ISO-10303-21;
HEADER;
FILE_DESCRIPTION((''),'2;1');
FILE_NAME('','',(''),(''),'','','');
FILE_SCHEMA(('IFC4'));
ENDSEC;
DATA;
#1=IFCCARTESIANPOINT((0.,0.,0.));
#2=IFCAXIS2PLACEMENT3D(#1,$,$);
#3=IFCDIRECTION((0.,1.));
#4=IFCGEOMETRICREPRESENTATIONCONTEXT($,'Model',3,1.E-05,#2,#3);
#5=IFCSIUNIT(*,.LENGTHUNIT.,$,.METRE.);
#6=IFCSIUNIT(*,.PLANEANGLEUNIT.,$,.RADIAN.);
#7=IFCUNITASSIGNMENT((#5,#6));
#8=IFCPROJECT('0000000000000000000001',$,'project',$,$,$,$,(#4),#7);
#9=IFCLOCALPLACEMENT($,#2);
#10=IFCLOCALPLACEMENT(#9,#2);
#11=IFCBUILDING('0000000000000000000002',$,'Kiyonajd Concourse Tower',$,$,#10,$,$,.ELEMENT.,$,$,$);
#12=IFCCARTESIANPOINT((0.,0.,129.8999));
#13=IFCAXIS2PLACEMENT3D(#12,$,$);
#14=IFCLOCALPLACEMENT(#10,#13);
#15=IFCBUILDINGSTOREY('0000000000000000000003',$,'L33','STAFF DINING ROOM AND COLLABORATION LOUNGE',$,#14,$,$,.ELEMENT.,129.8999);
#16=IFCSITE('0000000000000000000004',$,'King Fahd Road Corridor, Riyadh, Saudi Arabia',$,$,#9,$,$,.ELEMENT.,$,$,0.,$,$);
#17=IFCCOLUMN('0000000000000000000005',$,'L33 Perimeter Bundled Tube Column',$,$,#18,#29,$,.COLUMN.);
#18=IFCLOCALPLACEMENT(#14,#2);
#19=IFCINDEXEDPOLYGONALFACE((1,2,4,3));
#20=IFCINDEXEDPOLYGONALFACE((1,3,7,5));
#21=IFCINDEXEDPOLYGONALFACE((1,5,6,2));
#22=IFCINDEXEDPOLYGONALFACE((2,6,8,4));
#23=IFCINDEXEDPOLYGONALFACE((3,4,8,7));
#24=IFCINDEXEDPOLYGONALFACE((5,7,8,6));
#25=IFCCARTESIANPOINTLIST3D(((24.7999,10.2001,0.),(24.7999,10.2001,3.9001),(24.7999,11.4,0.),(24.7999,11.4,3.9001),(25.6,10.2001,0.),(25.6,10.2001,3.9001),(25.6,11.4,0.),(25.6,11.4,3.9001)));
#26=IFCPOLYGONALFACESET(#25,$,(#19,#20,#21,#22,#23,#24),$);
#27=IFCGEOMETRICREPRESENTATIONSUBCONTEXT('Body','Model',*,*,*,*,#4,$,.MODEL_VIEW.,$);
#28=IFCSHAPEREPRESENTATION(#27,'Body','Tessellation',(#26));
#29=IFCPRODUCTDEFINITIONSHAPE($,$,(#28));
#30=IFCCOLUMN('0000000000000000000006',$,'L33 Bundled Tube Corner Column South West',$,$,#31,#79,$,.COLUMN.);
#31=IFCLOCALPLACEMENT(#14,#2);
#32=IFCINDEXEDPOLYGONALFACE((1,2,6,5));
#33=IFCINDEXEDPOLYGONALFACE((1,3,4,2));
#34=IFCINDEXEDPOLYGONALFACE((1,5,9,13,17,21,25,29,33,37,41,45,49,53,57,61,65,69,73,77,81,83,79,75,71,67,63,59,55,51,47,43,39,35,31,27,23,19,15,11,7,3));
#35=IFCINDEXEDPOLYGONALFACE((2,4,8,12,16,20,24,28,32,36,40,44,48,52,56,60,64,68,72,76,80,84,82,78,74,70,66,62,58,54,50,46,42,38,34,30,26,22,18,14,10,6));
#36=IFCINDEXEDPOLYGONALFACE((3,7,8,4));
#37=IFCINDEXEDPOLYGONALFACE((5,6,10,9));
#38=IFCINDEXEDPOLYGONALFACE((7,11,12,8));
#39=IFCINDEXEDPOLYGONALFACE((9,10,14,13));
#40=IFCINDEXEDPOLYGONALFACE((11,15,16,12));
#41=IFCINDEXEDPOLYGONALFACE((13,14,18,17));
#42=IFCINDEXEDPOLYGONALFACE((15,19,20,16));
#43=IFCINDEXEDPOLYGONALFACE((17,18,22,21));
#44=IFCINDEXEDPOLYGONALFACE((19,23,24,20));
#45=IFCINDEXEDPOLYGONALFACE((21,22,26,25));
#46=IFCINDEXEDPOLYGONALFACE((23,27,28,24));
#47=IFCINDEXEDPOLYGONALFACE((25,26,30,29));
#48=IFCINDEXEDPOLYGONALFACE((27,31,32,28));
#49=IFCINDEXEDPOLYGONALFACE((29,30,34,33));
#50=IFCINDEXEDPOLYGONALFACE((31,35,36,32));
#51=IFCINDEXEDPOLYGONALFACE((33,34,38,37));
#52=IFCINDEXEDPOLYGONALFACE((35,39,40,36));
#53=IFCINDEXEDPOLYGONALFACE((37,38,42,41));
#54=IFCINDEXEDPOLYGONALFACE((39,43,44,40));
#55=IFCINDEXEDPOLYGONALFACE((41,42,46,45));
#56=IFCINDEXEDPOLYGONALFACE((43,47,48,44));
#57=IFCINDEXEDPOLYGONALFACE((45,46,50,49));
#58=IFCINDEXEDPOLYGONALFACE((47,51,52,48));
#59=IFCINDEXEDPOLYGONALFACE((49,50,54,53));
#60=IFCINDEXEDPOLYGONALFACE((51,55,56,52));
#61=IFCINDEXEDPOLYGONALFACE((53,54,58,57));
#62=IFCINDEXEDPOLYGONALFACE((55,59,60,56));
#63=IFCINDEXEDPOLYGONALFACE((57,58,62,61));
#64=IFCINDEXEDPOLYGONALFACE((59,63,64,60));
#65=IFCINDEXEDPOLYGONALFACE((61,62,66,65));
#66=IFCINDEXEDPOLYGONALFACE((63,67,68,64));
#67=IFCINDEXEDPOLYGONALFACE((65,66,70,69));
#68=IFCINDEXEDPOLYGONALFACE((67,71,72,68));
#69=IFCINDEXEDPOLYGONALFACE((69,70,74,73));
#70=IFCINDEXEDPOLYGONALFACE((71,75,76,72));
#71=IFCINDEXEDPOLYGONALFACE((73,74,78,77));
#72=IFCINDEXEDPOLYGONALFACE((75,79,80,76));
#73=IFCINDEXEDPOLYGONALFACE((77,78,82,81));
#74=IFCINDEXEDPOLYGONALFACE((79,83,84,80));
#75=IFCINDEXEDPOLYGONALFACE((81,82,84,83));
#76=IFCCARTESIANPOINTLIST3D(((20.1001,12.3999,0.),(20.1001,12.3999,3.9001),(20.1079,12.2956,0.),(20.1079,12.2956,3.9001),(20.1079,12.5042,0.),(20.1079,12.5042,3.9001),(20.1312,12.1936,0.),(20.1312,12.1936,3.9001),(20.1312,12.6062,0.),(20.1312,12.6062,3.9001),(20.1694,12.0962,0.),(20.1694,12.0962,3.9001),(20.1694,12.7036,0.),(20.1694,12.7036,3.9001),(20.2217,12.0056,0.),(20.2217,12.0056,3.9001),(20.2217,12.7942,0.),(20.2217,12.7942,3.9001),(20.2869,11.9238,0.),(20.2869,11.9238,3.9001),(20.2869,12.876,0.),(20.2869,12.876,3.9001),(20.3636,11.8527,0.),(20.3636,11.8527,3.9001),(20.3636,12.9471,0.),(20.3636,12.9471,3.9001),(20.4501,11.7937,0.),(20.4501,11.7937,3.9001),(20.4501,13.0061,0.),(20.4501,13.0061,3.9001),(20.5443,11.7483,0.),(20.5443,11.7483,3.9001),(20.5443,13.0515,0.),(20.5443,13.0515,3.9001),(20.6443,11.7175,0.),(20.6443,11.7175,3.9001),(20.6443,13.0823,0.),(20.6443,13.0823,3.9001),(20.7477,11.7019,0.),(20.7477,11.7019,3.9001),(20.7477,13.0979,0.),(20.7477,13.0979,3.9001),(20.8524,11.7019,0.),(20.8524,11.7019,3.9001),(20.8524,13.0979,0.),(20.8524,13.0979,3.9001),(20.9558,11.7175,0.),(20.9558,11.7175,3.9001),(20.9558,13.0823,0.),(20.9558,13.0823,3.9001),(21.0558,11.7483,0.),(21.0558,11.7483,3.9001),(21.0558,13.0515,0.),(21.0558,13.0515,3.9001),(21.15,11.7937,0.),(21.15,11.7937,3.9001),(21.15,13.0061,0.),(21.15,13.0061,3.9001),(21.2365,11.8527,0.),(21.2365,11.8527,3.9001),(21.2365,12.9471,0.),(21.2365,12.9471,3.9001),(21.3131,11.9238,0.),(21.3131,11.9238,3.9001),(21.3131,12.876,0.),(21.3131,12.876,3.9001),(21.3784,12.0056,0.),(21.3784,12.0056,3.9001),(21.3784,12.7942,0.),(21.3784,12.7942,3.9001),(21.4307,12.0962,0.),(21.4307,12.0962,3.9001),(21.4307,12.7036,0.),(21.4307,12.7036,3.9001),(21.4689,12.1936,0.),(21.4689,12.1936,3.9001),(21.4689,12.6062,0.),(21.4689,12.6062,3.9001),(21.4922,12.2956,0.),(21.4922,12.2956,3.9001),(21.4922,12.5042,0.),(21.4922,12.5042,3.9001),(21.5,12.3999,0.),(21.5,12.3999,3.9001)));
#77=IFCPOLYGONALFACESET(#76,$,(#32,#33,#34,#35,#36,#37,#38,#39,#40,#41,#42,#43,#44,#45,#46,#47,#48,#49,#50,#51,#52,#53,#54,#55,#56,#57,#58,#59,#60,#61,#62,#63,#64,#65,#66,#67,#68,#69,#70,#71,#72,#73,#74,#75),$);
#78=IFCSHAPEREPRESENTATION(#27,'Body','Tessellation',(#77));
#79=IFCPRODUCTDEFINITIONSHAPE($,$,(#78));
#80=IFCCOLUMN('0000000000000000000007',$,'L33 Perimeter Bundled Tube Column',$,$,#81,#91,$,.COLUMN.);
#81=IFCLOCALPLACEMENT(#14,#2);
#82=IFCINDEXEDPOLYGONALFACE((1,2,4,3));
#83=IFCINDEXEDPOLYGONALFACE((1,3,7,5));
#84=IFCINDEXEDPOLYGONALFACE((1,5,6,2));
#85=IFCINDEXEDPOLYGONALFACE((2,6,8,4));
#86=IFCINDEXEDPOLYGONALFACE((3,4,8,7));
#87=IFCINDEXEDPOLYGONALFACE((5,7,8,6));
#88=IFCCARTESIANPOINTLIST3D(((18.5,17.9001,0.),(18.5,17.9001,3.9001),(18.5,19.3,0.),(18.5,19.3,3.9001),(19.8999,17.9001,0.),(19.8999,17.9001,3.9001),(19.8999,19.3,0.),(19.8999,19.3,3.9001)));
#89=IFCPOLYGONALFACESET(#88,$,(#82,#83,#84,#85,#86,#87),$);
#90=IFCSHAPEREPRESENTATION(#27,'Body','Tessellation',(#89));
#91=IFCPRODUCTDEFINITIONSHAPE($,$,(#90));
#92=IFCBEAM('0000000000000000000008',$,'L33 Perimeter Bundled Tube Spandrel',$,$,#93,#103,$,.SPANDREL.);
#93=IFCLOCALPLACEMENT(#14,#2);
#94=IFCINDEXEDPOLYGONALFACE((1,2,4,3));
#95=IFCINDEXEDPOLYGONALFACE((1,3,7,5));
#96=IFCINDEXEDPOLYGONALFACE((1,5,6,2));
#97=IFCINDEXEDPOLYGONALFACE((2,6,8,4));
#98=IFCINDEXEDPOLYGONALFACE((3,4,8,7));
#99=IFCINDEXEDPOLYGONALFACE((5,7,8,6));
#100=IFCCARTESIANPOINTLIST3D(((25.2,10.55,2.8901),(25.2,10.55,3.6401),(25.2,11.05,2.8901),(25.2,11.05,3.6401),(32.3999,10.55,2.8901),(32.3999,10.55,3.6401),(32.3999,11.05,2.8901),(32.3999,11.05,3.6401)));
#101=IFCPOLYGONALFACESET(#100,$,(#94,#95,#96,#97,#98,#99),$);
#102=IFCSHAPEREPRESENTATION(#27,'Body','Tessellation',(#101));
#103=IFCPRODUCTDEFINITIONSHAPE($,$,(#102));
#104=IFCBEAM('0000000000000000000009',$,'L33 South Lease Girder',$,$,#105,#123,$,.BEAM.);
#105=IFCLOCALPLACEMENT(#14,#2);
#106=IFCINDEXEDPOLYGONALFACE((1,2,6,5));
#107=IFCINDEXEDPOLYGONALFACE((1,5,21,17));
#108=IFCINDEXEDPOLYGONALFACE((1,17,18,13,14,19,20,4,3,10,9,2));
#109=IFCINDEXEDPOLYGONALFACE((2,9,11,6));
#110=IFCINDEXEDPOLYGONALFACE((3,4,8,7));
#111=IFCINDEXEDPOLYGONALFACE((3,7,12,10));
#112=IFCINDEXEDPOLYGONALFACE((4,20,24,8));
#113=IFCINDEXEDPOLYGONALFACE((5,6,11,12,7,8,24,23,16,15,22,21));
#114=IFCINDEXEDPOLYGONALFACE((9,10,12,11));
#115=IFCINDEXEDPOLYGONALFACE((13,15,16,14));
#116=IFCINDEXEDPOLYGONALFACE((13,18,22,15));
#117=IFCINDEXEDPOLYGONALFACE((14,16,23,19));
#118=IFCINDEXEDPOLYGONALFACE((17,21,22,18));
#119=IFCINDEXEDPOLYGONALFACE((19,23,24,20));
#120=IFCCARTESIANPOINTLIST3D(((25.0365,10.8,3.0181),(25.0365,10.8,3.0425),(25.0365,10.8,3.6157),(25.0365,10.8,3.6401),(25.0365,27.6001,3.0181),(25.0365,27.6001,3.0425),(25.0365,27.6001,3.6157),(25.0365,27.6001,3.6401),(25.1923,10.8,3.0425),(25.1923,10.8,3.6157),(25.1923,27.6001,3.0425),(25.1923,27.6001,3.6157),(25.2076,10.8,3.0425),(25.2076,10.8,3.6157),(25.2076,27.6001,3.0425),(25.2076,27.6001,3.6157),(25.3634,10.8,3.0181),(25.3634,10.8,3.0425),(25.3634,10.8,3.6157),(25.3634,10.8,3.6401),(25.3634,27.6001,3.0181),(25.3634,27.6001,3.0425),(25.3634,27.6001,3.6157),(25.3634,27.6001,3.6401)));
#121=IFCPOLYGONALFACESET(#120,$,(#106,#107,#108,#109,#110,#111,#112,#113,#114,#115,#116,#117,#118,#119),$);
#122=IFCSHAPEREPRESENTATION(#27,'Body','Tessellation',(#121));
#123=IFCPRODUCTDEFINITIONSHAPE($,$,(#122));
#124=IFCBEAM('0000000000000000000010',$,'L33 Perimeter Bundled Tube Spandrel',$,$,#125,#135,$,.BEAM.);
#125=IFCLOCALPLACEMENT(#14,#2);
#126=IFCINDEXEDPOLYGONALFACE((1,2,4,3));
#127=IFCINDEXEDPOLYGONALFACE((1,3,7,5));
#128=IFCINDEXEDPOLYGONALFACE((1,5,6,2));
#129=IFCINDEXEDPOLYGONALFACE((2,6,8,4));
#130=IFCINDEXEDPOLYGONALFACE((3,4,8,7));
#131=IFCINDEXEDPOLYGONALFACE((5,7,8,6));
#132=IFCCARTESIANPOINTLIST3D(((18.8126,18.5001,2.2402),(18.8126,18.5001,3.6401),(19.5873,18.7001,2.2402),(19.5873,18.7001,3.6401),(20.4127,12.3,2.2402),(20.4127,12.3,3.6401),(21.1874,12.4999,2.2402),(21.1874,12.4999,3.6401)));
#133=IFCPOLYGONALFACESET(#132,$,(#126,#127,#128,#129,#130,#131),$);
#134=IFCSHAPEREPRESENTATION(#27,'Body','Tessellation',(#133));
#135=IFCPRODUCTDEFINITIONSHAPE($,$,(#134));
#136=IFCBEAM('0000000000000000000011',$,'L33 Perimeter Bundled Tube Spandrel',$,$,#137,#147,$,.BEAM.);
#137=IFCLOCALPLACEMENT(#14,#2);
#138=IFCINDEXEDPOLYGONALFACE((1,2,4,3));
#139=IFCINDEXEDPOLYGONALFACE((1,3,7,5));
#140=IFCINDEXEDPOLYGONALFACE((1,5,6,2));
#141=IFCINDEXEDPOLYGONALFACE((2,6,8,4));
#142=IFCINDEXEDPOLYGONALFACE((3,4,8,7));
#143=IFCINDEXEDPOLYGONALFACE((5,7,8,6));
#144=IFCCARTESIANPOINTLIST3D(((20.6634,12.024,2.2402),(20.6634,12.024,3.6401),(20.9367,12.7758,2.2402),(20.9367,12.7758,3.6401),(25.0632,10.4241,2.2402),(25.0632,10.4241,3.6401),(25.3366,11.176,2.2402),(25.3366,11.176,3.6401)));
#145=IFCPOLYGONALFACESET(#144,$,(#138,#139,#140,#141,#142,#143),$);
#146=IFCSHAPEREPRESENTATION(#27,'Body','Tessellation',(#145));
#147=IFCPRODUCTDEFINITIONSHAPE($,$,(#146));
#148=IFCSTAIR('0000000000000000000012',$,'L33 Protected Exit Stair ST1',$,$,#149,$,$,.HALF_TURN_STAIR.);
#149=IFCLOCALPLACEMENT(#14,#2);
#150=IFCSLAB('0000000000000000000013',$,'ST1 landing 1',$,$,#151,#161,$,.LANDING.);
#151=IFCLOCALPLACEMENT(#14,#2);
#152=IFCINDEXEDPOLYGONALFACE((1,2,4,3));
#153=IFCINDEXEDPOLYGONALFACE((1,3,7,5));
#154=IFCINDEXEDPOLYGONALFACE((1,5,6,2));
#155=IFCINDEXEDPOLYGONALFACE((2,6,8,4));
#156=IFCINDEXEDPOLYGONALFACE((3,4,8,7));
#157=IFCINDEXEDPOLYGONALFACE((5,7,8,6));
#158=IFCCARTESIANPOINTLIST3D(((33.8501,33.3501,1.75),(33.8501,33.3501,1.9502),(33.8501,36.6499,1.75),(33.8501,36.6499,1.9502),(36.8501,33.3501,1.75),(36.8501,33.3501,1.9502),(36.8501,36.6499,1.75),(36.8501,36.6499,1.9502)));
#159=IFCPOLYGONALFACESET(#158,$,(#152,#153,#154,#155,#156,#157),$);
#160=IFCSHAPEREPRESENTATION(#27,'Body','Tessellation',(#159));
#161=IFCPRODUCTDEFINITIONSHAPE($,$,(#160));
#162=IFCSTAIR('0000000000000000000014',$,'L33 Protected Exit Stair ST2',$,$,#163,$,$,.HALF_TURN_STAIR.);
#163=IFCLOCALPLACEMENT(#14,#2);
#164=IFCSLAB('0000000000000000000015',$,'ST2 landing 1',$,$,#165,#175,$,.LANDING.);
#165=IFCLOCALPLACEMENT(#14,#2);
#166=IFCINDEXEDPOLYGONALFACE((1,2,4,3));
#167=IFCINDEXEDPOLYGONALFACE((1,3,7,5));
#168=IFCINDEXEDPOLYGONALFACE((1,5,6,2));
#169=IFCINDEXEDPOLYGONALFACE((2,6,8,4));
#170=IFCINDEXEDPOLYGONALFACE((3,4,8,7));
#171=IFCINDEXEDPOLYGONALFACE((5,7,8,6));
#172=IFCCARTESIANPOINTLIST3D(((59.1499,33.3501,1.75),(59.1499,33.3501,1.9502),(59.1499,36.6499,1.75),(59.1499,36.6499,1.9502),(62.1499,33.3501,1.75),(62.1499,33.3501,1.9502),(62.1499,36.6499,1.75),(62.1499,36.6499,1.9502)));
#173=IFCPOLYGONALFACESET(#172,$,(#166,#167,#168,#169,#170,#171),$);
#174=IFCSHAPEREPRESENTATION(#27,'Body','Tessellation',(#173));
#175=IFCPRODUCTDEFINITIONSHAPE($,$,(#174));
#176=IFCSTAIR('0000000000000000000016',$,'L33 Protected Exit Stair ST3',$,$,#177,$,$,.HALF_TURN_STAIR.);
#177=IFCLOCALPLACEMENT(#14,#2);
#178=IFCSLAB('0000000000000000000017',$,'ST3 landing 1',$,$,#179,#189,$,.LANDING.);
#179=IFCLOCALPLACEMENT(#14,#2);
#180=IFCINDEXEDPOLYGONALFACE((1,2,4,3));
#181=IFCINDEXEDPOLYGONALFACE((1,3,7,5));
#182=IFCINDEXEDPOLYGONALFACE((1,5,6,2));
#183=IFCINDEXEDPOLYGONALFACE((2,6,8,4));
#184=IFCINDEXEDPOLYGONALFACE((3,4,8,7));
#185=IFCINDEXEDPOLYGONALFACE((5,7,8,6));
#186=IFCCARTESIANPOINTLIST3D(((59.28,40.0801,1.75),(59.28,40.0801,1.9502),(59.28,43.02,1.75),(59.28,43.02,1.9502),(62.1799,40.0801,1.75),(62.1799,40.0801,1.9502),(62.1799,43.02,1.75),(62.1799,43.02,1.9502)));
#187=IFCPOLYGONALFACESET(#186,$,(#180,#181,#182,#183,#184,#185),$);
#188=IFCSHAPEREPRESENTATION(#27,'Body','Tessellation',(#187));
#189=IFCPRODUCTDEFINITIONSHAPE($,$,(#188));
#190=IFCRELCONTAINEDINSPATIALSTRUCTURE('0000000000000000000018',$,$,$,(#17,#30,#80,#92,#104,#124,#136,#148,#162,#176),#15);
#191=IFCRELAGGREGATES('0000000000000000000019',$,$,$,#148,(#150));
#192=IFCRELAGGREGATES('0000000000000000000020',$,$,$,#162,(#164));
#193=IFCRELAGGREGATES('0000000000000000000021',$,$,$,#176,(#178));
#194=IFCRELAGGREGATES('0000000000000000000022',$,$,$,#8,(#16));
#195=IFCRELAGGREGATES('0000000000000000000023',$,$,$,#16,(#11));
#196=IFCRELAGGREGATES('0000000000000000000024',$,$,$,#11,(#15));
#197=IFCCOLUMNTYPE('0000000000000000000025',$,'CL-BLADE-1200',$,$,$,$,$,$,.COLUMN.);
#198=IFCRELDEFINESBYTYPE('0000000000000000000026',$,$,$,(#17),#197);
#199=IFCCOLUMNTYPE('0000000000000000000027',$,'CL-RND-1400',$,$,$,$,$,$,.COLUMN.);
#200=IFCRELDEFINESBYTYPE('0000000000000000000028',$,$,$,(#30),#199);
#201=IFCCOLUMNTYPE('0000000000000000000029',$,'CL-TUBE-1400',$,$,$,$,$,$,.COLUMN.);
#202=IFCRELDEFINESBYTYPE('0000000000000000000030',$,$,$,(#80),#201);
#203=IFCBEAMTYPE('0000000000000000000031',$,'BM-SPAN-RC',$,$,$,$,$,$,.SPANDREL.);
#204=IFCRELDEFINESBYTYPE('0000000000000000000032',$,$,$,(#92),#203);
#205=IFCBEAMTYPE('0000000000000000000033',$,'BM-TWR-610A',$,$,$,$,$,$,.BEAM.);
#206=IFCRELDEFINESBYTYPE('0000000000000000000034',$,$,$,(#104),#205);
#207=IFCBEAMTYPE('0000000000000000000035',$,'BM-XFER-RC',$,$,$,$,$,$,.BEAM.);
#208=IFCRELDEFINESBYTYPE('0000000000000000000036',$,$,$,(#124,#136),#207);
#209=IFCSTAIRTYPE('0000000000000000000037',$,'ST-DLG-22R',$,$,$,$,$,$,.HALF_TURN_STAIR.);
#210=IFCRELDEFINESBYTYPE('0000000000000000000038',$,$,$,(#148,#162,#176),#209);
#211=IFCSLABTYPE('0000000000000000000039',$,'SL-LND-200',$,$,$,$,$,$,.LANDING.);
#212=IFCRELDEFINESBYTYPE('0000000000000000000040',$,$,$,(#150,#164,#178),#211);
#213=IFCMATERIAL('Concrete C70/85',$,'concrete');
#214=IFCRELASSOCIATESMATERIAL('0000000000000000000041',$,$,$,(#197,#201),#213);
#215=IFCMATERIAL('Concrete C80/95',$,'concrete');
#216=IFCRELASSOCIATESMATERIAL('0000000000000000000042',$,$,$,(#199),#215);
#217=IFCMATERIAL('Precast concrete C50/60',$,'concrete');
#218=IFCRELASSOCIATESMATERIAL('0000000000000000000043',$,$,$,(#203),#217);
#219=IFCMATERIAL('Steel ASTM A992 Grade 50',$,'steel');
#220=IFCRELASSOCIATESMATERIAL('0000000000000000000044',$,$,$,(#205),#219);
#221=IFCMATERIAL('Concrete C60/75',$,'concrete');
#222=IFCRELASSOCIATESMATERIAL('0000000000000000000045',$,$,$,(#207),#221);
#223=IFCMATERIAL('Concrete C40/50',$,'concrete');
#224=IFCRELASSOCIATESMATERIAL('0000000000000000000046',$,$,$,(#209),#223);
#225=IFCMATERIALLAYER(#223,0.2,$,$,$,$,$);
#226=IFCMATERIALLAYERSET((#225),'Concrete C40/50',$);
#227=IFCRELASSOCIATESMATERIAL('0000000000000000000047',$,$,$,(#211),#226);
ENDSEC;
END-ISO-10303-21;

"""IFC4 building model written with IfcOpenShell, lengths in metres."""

from ifc_helpers import new_model, si_unit, direction, frame, origin, origin_2d, place, context, subcontext, project, spatial, polyline, rectangle, circle, i_section, outline, extrude, material, layer, layer_set, material_profile, profile_set, type_object, element, aggregate, save


model = new_model("IFC4")

# Units and contexts
model_context = context("Model", 3, precision=1e-05, world=origin(), true_north=direction((0.0, 1.0)))
body_context = subcontext(model_context, "Body", "Model", "MODEL_VIEW")
ifc_project = project(units=[si_unit("LENGTHUNIT", "METRE"), si_unit("PLANEANGLEUNIT", "RADIAN")], contexts=[model_context])

# Site, building, storey
site_placement = place(None, origin())
site = spatial("IfcSite", under=ifc_project, at=site_placement, Name="King Fahd Road Corridor, Riyadh, Saudi Arabia", CompositionType="ELEMENT", RefElevation=0.0)
building_placement = place(site_placement, origin())
building = spatial("IfcBuilding", under=site, at=building_placement, Name="Kiyonajd Concourse Tower", CompositionType="ELEMENT")
storey_placement = place(building_placement, frame((0.0, 0.0, 129.8999)))
storey = spatial("IfcBuildingStorey", under=building, at=storey_placement, Name="L33", Description="STAFF DINING ROOM AND COLLABORATION LOUNGE", CompositionType="ELEMENT", Elevation=129.8999)

# Columns
ifc_material_1 = material(Name="Concrete C70/85", Category="concrete")
ifc_material_profile_1 = material_profile(ifc_material_1, rectangle(XDim=0.8, YDim=1.2, at=origin_2d()), Name="RC-1200x800")
ifc_profile_set_1 = profile_set([ifc_material_profile_1], Name="Concrete C70/85")
column_type_1 = type_object("IfcColumnType", Name="CL-BLADE-1200", PredefinedType="COLUMN", material=ifc_profile_set_1)
column_1_placement = place(storey_placement, frame((25.2, 10.8, 0.0), z_axis=(0.0, 0.0, 1.0), x_axis=(1.0, 0.0, 0.0)))
element("IfcColumn", 1, at=column_1_placement, inside=storey, type_object=column_type_1, Name="L33 Perimeter Bundled Tube Column", PredefinedType="COLUMN", context=body_context, shape_type="SweptSolid", body=[
    extrude(rectangle(XDim=0.8, YDim=1.2, at=origin_2d()), origin(), (0.0, 0.0, 1.0), 3.9001),
])
ifc_material_2 = material(Name="Concrete C80/95", Category="concrete")
ifc_material_profile_2 = material_profile(ifc_material_2, circle(Radius=0.7, at=origin_2d()), Name="RCC-D1400")
ifc_profile_set_2 = profile_set([ifc_material_profile_2], Name="Concrete C80/95")
column_type_2 = type_object("IfcColumnType", Name="CL-RND-1400", PredefinedType="COLUMN", material=ifc_profile_set_2)
column_2_placement = place(storey_placement, frame((20.8, 12.3999, 0.0), z_axis=(0.0, 0.0, 1.0), x_axis=(1.0, 0.0, 0.0)))
element("IfcColumn", 2, at=column_2_placement, inside=storey, type_object=column_type_2, Name="L33 Bundled Tube Corner Column South West", PredefinedType="COLUMN", context=body_context, shape_type="SweptSolid", body=[
    extrude(circle(Radius=0.7, at=origin_2d()), origin(), (0.0, 0.0, 1.0), 3.9001),
])
ifc_material_profile_3 = material_profile(ifc_material_1, rectangle(XDim=1.3999, YDim=1.3999, at=origin_2d()), Name="RC-1400x1400")
ifc_profile_set_3 = profile_set([ifc_material_profile_3], Name="Concrete C70/85")
column_type_3 = type_object("IfcColumnType", Name="CL-TUBE-1400", PredefinedType="COLUMN", material=ifc_profile_set_3)
column_3_placement = place(storey_placement, frame((19.2, 18.6001, 0.0), z_axis=(0.0, 0.0, 1.0), x_axis=(1.0, 0.0, 0.0)))
element("IfcColumn", 3, at=column_3_placement, inside=storey, type_object=column_type_3, Name="L33 Perimeter Bundled Tube Column", PredefinedType="COLUMN", context=body_context, shape_type="SweptSolid", body=[
    extrude(rectangle(XDim=1.3999, YDim=1.3999, at=origin_2d()), origin(), (0.0, 0.0, 1.0), 3.9001),
])

# Beams
ifc_material_3 = material(Name="Precast concrete C50/60", Category="concrete")
ifc_material_profile_4 = material_profile(ifc_material_3, rectangle(XDim=0.5, YDim=0.75, at=origin_2d()), Name="RCBM-500x750")
ifc_profile_set_4 = profile_set([ifc_material_profile_4], Name="Precast concrete C50/60")
beam_type_1 = type_object("IfcBeamType", Name="BM-SPAN-RC", PredefinedType="SPANDREL", material=ifc_profile_set_4)
beam_1_placement = place(storey_placement, frame((25.2, 10.8, 3.2651), z_axis=(1.0, 0.0, 0.0), x_axis=(0.0, 1.0, 0.0)))
element("IfcBeam", 4, at=beam_1_placement, inside=storey, type_object=beam_type_1, Name="L33 Perimeter Bundled Tube Spandrel", PredefinedType="SPANDREL", context=body_context, shape_type="SweptSolid", body=[
    extrude(rectangle(XDim=0.5, YDim=0.75, at=origin_2d()), origin(), (0.0, 0.0, 1.0), 7.2),
])
ifc_material_4 = material(Name="Steel ASTM A992 Grade 50", Category="steel")
ifc_material_profile_5 = material_profile(ifc_material_4, i_section(OverallWidth=0.3269, OverallDepth=0.6221, WebThickness=0.0154, FlangeThickness=0.0244, at=origin_2d()), Name="W610X195")
ifc_profile_set_5 = profile_set([ifc_material_profile_5], Name="Steel ASTM A992 Grade 50")
beam_type_2 = type_object("IfcBeamType", Name="BM-TWR-610A", PredefinedType="BEAM", material=ifc_profile_set_5)
beam_2_placement = place(storey_placement, frame((25.2, 10.8, 3.3291), z_axis=(0.0, 1.0, 0.0), x_axis=(-1.0, 0.0, 0.0)))
element("IfcBeam", 5, at=beam_2_placement, inside=storey, type_object=beam_type_2, Name="L33 South Lease Girder", PredefinedType="BEAM", context=body_context, shape_type="SweptSolid", body=[
    extrude(i_section(OverallWidth=0.3269, OverallDepth=0.6221, WebThickness=0.0154, FlangeThickness=0.0244, at=origin_2d()), origin(), (0.0, 0.0, 1.0), 16.8),
])
ifc_material_5 = material(Name="Concrete C60/75", Category="concrete")
ifc_material_profile_6 = material_profile(ifc_material_5, rectangle(XDim=0.8, YDim=1.3999, at=origin_2d()), Name="RCBM-800x1400")
ifc_profile_set_6 = profile_set([ifc_material_profile_6], Name="Concrete C60/75")
beam_type_3 = type_object("IfcBeamType", Name="BM-XFER-RC", PredefinedType="BEAM", material=ifc_profile_set_6)
beam_3_placement = place(storey_placement, frame((19.2, 18.6001, 2.9402), z_axis=(0.249885, -0.968276, 0.0), x_axis=(0.968276, 0.249885, 0.0)))
element("IfcBeam", 6, at=beam_3_placement, inside=storey, type_object=beam_type_3, Name="L33 Perimeter Bundled Tube Spandrel", PredefinedType="BEAM", context=body_context, shape_type="SweptSolid", body=[
    extrude(rectangle(XDim=0.8, YDim=1.3999, at=origin_2d()), origin(), (0.0, 0.0, 1.0), 6.4033),
])
beam_4_placement = place(storey_placement, frame((20.8, 12.3999, 2.9402), z_axis=(0.939801, -0.341722, 0.0), x_axis=(0.341722, 0.939801, 0.0)))
element("IfcBeam", 7, at=beam_4_placement, inside=storey, type_object=beam_type_3, Name="L33 Perimeter Bundled Tube Spandrel", PredefinedType="BEAM", context=body_context, shape_type="SweptSolid", body=[
    extrude(rectangle(XDim=0.8, YDim=1.3999, at=origin_2d()), origin(), (0.0, 0.0, 1.0), 4.6816),
])

# Stairs, slabs
ifc_material_6 = material(Name="Concrete C40/50", Category="concrete")
stair_type = type_object("IfcStairType", Name="ST-DLG-22R", PredefinedType="HALF_TURN_STAIR", material=ifc_material_6)
stair_1_placement = place(storey_placement, origin())
stair_1 = element("IfcStair", 8, at=stair_1_placement, inside=storey, type_object=stair_type, Name="L33 Protected Exit Stair ST1", PredefinedType="HALF_TURN_STAIR")
ifc_layer_1 = layer(ifc_material_6, 0.2)
ifc_layer_set_1 = layer_set([ifc_layer_1], Name="Concrete C40/50")
slab_type_1 = type_object("IfcSlabType", Name="SL-LND-200", PredefinedType="LANDING", material=ifc_layer_set_1)
slab_1_placement = place(storey_placement, frame((0.0, 0.0, 1.75)))
slab_1 = element("IfcSlab", 9, at=slab_1_placement, type_object=slab_type_1, Name="ST1 landing 1", PredefinedType="LANDING", context=body_context, shape_type="SweptSolid", body=[
    extrude(outline(polyline([(36.8501, 33.3501), (36.8501, 36.6499), (33.8501, 36.6499), (33.8501, 33.3501), (36.8501, 33.3501)])), origin(), (0.0, 0.0, 1.0), 0.2002),
])
aggregate(stair_1, [slab_1])
stair_2_placement = place(storey_placement, origin())
stair_2 = element("IfcStair", 10, at=stair_2_placement, inside=storey, type_object=stair_type, Name="L33 Protected Exit Stair ST2", PredefinedType="HALF_TURN_STAIR")
slab_2_placement = place(storey_placement, frame((0.0, 0.0, 1.75)))
slab_2 = element("IfcSlab", 11, at=slab_2_placement, type_object=slab_type_1, Name="ST2 landing 1", PredefinedType="LANDING", context=body_context, shape_type="SweptSolid", body=[
    extrude(outline(polyline([(62.1499, 33.3501), (62.1499, 36.6499), (59.1499, 36.6499), (59.1499, 33.3501), (62.1499, 33.3501)])), origin(), (0.0, 0.0, 1.0), 0.2002),
])
aggregate(stair_2, [slab_2])
stair_3_placement = place(storey_placement, origin())
stair_3 = element("IfcStair", 12, at=stair_3_placement, inside=storey, type_object=stair_type, Name="L33 Protected Exit Stair ST3", PredefinedType="HALF_TURN_STAIR")
slab_3_placement = place(storey_placement, frame((0.0, 0.0, 1.75)))
slab_3 = element("IfcSlab", 13, at=slab_3_placement, type_object=slab_type_1, Name="ST3 landing 1", PredefinedType="LANDING", context=body_context, shape_type="SweptSolid", body=[
    extrude(outline(polyline([(59.28, 40.0801), (62.1799, 40.0801), (62.1799, 43.02), (59.28, 43.02), (59.28, 40.0801)])), origin(), (0.0, 0.0, 1.0), 0.2002),
])
aggregate(stair_3, [slab_3])

save(model, "model.ifc")
